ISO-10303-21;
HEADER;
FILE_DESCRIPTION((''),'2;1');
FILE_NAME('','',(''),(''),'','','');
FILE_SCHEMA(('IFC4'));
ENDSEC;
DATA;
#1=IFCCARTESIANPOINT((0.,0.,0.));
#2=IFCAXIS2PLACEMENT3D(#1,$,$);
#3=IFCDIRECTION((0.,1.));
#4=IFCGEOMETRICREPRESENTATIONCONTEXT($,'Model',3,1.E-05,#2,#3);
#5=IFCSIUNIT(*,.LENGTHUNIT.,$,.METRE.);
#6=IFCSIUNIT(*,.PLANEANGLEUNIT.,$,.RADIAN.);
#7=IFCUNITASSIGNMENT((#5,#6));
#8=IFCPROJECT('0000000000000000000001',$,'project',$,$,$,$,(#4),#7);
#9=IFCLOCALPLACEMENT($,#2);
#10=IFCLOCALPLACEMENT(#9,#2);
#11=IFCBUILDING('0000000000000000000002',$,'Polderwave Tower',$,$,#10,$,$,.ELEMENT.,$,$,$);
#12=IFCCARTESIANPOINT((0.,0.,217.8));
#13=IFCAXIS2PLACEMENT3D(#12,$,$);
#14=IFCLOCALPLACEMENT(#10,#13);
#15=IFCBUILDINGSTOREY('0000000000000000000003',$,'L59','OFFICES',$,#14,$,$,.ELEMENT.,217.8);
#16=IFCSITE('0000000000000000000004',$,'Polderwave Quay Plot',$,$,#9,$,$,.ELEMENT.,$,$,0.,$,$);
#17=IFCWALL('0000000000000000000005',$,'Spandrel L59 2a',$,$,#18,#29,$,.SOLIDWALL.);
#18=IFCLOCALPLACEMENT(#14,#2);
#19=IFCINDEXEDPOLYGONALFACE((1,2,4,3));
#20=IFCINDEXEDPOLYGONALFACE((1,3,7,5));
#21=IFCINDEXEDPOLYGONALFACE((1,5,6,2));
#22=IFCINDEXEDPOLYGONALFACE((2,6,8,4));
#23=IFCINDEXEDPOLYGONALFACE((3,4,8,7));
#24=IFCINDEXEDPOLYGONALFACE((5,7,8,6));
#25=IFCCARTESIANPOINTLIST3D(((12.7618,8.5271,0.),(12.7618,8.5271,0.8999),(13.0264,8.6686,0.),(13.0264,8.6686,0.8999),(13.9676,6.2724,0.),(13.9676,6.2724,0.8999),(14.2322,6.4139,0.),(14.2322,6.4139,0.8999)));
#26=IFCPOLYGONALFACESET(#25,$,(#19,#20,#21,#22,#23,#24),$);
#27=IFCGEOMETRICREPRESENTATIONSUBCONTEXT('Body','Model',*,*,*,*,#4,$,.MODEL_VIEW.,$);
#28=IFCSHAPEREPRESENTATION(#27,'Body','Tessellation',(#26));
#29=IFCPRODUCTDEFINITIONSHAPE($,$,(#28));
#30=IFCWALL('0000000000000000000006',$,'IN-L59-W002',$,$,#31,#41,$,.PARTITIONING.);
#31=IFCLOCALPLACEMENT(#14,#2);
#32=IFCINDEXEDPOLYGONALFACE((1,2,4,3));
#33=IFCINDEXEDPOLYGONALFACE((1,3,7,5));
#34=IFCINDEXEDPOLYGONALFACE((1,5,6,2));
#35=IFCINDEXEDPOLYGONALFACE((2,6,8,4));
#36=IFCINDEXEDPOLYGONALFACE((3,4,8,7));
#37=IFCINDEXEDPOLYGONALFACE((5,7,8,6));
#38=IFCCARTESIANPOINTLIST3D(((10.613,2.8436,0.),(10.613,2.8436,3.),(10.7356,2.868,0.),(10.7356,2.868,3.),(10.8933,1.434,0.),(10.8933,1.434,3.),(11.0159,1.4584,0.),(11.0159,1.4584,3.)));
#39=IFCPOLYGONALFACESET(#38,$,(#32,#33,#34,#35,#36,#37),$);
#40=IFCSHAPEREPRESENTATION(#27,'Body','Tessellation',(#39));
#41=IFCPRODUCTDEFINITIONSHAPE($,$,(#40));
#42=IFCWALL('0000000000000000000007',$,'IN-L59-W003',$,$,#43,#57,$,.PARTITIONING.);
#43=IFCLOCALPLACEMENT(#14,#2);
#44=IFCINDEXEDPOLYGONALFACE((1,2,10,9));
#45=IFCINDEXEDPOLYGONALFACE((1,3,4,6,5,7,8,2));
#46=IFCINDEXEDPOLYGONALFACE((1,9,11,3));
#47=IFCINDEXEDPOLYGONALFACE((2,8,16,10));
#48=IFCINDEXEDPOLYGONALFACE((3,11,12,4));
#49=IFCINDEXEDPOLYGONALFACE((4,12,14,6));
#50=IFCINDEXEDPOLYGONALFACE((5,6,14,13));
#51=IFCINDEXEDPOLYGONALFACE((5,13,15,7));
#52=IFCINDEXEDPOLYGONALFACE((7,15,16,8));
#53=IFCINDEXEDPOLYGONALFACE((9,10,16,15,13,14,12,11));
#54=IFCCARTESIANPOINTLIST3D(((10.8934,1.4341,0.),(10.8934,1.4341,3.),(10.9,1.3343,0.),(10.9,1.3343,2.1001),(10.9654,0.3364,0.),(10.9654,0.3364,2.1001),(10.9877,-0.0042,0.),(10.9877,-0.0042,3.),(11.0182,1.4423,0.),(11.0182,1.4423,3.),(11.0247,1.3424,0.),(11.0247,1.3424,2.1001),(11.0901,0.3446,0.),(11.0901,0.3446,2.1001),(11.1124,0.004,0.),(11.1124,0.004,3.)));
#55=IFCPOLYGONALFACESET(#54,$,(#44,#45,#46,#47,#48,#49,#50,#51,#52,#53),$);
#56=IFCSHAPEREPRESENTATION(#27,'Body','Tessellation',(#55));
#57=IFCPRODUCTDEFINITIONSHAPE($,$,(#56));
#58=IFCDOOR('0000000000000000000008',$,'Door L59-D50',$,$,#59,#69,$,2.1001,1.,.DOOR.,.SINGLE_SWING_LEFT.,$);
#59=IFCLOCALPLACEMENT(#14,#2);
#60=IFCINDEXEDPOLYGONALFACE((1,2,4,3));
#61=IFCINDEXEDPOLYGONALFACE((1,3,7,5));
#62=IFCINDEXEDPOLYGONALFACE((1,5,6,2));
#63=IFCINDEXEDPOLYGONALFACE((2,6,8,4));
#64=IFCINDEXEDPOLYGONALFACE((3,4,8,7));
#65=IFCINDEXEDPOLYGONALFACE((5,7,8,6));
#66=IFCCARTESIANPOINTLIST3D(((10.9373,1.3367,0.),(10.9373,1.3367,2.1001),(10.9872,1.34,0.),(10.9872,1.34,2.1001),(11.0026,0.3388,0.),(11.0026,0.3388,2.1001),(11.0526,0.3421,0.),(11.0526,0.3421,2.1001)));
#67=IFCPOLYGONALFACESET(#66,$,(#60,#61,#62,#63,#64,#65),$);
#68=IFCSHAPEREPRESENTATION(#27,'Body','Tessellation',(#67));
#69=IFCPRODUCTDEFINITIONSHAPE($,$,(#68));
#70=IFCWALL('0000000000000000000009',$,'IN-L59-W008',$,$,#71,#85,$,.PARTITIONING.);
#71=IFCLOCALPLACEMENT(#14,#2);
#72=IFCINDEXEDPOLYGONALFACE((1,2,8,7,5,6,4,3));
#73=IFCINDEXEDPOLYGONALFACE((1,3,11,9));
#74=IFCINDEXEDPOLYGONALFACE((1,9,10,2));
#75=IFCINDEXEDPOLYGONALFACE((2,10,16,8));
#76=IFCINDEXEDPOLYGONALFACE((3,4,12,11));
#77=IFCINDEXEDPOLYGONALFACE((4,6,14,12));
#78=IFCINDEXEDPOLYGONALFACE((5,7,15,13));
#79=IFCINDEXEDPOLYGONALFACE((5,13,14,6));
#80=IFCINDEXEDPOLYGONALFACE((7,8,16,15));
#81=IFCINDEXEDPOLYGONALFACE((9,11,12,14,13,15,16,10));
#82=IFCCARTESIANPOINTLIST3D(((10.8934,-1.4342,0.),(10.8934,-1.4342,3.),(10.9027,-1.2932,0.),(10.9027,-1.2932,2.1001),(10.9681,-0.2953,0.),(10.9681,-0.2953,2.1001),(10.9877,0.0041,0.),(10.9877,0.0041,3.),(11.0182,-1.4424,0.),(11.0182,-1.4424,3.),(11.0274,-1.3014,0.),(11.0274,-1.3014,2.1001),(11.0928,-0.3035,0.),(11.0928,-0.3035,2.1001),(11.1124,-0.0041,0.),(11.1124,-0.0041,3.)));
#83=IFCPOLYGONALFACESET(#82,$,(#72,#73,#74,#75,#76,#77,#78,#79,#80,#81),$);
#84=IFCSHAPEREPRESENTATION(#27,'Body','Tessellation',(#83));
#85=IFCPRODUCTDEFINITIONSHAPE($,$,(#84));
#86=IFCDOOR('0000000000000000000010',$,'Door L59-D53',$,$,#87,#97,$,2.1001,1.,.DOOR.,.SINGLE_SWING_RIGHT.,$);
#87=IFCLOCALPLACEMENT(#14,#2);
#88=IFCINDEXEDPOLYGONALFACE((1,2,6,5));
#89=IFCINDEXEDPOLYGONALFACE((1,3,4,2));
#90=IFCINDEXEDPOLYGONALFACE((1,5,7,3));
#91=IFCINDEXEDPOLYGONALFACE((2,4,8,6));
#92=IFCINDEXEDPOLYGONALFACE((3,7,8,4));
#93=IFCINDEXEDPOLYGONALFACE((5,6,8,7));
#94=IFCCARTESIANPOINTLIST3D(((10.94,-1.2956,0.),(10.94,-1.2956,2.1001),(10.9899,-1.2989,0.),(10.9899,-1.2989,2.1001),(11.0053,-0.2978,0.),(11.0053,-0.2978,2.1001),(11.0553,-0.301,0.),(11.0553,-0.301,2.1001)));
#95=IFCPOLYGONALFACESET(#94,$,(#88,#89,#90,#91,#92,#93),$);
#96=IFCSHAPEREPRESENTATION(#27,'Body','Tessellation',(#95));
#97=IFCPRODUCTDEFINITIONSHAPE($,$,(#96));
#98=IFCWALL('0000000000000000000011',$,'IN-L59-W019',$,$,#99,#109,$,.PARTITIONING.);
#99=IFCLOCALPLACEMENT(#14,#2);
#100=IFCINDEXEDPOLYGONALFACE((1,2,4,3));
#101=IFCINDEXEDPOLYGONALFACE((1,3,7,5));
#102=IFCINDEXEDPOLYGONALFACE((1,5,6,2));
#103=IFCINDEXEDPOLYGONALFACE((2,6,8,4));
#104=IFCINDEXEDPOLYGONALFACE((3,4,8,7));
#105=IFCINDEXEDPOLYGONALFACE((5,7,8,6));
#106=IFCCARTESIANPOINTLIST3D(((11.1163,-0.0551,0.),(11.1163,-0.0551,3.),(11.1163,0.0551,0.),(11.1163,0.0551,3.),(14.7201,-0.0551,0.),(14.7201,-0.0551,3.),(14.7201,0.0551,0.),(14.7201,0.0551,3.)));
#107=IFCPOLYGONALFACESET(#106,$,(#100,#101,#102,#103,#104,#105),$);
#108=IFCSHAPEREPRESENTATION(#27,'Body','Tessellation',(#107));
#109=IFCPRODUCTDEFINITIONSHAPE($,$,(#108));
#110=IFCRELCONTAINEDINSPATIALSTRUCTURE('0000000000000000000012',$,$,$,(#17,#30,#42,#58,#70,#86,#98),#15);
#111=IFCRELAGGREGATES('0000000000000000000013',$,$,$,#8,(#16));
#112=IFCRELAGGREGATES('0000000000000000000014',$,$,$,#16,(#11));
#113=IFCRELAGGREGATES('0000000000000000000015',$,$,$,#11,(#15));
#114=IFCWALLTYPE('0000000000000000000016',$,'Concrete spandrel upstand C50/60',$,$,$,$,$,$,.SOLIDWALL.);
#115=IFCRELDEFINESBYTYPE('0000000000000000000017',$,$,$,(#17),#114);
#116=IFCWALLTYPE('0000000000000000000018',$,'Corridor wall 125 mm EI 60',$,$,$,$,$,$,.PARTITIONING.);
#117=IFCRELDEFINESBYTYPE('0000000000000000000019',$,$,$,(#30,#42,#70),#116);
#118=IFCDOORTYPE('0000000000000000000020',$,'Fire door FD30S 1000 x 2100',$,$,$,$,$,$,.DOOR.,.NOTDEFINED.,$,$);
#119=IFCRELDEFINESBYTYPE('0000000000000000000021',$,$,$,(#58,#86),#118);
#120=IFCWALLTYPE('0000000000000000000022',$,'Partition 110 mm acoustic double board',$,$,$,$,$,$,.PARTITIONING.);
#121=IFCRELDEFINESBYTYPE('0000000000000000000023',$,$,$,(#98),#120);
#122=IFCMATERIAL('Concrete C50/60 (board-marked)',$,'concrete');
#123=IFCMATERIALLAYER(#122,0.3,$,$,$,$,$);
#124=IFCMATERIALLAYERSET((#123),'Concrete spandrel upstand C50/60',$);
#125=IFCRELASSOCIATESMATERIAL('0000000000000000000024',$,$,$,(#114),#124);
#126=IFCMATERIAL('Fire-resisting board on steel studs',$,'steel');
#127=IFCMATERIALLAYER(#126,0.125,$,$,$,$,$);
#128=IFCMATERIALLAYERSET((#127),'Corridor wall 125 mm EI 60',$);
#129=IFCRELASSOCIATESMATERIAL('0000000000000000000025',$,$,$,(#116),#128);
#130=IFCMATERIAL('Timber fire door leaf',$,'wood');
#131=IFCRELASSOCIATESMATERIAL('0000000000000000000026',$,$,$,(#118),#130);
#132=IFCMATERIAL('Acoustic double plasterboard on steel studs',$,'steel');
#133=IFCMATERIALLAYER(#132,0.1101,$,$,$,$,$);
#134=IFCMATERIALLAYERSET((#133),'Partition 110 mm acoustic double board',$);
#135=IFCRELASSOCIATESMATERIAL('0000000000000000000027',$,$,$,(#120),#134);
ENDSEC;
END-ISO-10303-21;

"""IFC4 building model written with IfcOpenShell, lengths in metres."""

from ifc_helpers import new_model, si_unit, direction, frame, frame_2d, origin, place, context, subcontext, project, spatial, rectangle, extrude, material, layer, layer_set, type_object, element, fill, save


model = new_model("IFC4")

# Units and contexts
model_context = context("Model", 3, precision=1e-05, world=origin(), true_north=direction((0.0, 1.0)))
body_context = subcontext(model_context, "Body", "Model", "MODEL_VIEW")
ifc_project = project(units=[si_unit("LENGTHUNIT", "METRE"), si_unit("PLANEANGLEUNIT", "RADIAN")], contexts=[model_context])

# Site, building, storey
site_placement = place(None, origin())
site = spatial("IfcSite", under=ifc_project, at=site_placement, Name="Polderwave Quay Plot", CompositionType="ELEMENT", RefElevation=0.0)
building_placement = place(site_placement, origin())
building = spatial("IfcBuilding", under=site, at=building_placement, Name="Polderwave Tower", CompositionType="ELEMENT")
storey_placement = place(building_placement, frame((0.0, 0.0, 217.8)))
storey = spatial("IfcBuildingStorey", under=building, at=storey_placement, Name="L59", Description="OFFICES", CompositionType="ELEMENT", Elevation=217.8)

# Walls
ifc_material_1 = material(Name="Concrete C50/60 (board-marked)", Category="concrete")
ifc_layer_1 = layer(ifc_material_1, 0.3)
ifc_layer_set_1 = layer_set([ifc_layer_1], Name="Concrete spandrel upstand C50/60")
wall_type_1 = type_object("IfcWallType", Name="Concrete spandrel upstand C50/60", PredefinedType="SOLIDWALL", material=ifc_layer_set_1)
wall_1_placement = place(storey_placement, frame((14.0999, 6.3433, 0.0), z_axis=(0.0, 0.0, 1.0), x_axis=(-0.471604, 0.88181, 0.0)))
element("IfcWall", 1, at=wall_1_placement, inside=storey, type_object=wall_type_1, Name="Spandrel L59 2a", PredefinedType="SOLIDWALL", context=body_context, shape_type="SweptSolid", body=[
    extrude(rectangle(XDim=2.5569, YDim=0.3, at=frame_2d((1.2783, 0.0))), origin(), (0.0, 0.0, 1.0), 0.8999),
])
ifc_material_2 = material(Name="Fire-resisting board on steel studs", Category="steel")
ifc_layer_2 = layer(ifc_material_2, 0.125)
ifc_layer_set_2 = layer_set([ifc_layer_2], Name="Corridor wall 125 mm EI 60")
wall_type_2 = type_object("IfcWallType", Name="Corridor wall 125 mm EI 60", PredefinedType="PARTITIONING", material=ifc_layer_set_2)
wall_2_placement = place(storey_placement, frame((10.6743, 2.856, 0.0), z_axis=(0.0, 0.0, 1.0), x_axis=(0.195005, -0.980802, 0.0)))
element("IfcWall", 2, at=wall_2_placement, inside=storey, type_object=wall_type_2, Name="IN-L59-W002", PredefinedType="PARTITIONING", context=body_context, shape_type="SweptSolid", body=[
    extrude(rectangle(XDim=1.4373, YDim=0.125, at=frame_2d((0.7188, 0.0))), origin(), (0.0, 0.0, 1.0), 3.0),
])

# Walls, openings, doors
wall_3_placement = place(storey_placement, frame((10.9558, 1.4382, 0.0), z_axis=(0.0, 0.0, 1.0), x_axis=(0.065383, -0.99786, 0.0)))
wall_3 = element("IfcWall", 3, at=wall_3_placement, inside=storey, type_object=wall_type_2, Name="IN-L59-W003", PredefinedType="PARTITIONING", context=body_context, shape_type="SweptSolid", body=[
    extrude(rectangle(XDim=1.4414, YDim=0.125, at=frame_2d((0.7207, 0.0))), origin(), (0.0, 0.0, 1.0), 3.0),
])
opening_1_placement = place(wall_3_placement, frame((0.1001, 0.0, 0.0)))
opening_1 = element("IfcOpeningElement", 4, at=opening_1_placement, cuts=wall_3, PredefinedType="OPENING", context=body_context, shape_type="SweptSolid", body=[
    extrude(rectangle(XDim=1.0, YDim=2.1001, at=frame_2d((0.5, 1.05))), frame((0.0, 0.0725, 0.0), z_axis=(0.0, -1.0, 0.0), x_axis=(1.0, 0.0, 0.0)), (0.0, 0.0, 1.0), 0.145),
])
ifc_material_3 = material(Name="Timber fire door leaf", Category="wood")
door_type = type_object("IfcDoorType", Name="Fire door FD30S 1000 x 2100", OperationType="NOTDEFINED", PredefinedType="DOOR", material=ifc_material_3)
door_1_placement = place(opening_1_placement, origin())
door_1 = element("IfcDoor", 5, at=door_1_placement, inside=storey, type_object=door_type, Name="Door L59-D50", OperationType="SINGLE_SWING_LEFT", OverallHeight=2.1001, OverallWidth=1.0, PredefinedType="DOOR", context=body_context, shape_type="SweptSolid", body=[
    extrude(rectangle(XDim=1.0, YDim=2.1001, at=frame_2d((0.5, 1.05))), frame((0.0, 0.0249, 0.0), z_axis=(0.0, -1.0, 0.0), x_axis=(1.0, 0.0, 0.0)), (0.0, 0.0, 1.0), 0.05),
])
fill(opening_1, door_1)
wall_4_placement = place(storey_placement, frame((11.05, 0.0, 0.0), z_axis=(0.0, 0.0, 1.0), x_axis=(-0.065383, -0.99786, 0.0)))
wall_4 = element("IfcWall", 6, at=wall_4_placement, inside=storey, type_object=wall_type_2, Name="IN-L59-W008", PredefinedType="PARTITIONING", context=body_context, shape_type="SweptSolid", body=[
    extrude(rectangle(XDim=1.4414, YDim=0.125, at=frame_2d((0.7207, 0.0))), origin(), (0.0, 0.0, 1.0), 3.0),
])
opening_2_placement = place(wall_4_placement, frame((0.3, 0.0, 0.0)))
opening_2 = element("IfcOpeningElement", 7, at=opening_2_placement, cuts=wall_4, PredefinedType="OPENING", context=body_context, shape_type="SweptSolid", body=[
    extrude(rectangle(XDim=1.0, YDim=2.1001, at=frame_2d((0.5, 1.05))), frame((0.0, 0.0725, 0.0), z_axis=(0.0, -1.0, 0.0), x_axis=(1.0, 0.0, 0.0)), (0.0, 0.0, 1.0), 0.145),
])
door_2_placement = place(opening_2_placement, origin())
door_2 = element("IfcDoor", 8, at=door_2_placement, inside=storey, type_object=door_type, Name="Door L59-D53", OperationType="SINGLE_SWING_RIGHT", OverallHeight=2.1001, OverallWidth=1.0, PredefinedType="DOOR", context=body_context, shape_type="SweptSolid", body=[
    extrude(rectangle(XDim=1.0, YDim=2.1001, at=frame_2d((0.5, 1.05))), frame((0.0, 0.0249, 0.0), z_axis=(0.0, -1.0, 0.0), x_axis=(1.0, 0.0, 0.0)), (0.0, 0.0, 1.0), 0.05),
])
fill(opening_2, door_2)

# Wall
ifc_material_4 = material(Name="Acoustic double plasterboard on steel studs", Category="steel")
ifc_layer_3 = layer(ifc_material_4, 0.1101)
ifc_layer_set_3 = layer_set([ifc_layer_3], Name="Partition 110 mm acoustic double board")
wall_type_3 = type_object("IfcWallType", Name="Partition 110 mm acoustic double board", PredefinedType="PARTITIONING", material=ifc_layer_set_3)
wall_5_placement = place(storey_placement, frame((14.72, 0.0, 0.0), z_axis=(0.0, 0.0, 1.0), x_axis=(-1.0, 0.0, 0.0)))
element("IfcWall", 9, at=wall_5_placement, inside=storey, type_object=wall_type_3, Name="IN-L59-W019", PredefinedType="PARTITIONING", context=body_context, shape_type="SweptSolid", body=[
    extrude(rectangle(XDim=3.6038, YDim=0.1101, at=frame_2d((1.8018, 0.0))), origin(), (0.0, 0.0, 1.0), 3.0),
])

save(model, "model.ifc")
